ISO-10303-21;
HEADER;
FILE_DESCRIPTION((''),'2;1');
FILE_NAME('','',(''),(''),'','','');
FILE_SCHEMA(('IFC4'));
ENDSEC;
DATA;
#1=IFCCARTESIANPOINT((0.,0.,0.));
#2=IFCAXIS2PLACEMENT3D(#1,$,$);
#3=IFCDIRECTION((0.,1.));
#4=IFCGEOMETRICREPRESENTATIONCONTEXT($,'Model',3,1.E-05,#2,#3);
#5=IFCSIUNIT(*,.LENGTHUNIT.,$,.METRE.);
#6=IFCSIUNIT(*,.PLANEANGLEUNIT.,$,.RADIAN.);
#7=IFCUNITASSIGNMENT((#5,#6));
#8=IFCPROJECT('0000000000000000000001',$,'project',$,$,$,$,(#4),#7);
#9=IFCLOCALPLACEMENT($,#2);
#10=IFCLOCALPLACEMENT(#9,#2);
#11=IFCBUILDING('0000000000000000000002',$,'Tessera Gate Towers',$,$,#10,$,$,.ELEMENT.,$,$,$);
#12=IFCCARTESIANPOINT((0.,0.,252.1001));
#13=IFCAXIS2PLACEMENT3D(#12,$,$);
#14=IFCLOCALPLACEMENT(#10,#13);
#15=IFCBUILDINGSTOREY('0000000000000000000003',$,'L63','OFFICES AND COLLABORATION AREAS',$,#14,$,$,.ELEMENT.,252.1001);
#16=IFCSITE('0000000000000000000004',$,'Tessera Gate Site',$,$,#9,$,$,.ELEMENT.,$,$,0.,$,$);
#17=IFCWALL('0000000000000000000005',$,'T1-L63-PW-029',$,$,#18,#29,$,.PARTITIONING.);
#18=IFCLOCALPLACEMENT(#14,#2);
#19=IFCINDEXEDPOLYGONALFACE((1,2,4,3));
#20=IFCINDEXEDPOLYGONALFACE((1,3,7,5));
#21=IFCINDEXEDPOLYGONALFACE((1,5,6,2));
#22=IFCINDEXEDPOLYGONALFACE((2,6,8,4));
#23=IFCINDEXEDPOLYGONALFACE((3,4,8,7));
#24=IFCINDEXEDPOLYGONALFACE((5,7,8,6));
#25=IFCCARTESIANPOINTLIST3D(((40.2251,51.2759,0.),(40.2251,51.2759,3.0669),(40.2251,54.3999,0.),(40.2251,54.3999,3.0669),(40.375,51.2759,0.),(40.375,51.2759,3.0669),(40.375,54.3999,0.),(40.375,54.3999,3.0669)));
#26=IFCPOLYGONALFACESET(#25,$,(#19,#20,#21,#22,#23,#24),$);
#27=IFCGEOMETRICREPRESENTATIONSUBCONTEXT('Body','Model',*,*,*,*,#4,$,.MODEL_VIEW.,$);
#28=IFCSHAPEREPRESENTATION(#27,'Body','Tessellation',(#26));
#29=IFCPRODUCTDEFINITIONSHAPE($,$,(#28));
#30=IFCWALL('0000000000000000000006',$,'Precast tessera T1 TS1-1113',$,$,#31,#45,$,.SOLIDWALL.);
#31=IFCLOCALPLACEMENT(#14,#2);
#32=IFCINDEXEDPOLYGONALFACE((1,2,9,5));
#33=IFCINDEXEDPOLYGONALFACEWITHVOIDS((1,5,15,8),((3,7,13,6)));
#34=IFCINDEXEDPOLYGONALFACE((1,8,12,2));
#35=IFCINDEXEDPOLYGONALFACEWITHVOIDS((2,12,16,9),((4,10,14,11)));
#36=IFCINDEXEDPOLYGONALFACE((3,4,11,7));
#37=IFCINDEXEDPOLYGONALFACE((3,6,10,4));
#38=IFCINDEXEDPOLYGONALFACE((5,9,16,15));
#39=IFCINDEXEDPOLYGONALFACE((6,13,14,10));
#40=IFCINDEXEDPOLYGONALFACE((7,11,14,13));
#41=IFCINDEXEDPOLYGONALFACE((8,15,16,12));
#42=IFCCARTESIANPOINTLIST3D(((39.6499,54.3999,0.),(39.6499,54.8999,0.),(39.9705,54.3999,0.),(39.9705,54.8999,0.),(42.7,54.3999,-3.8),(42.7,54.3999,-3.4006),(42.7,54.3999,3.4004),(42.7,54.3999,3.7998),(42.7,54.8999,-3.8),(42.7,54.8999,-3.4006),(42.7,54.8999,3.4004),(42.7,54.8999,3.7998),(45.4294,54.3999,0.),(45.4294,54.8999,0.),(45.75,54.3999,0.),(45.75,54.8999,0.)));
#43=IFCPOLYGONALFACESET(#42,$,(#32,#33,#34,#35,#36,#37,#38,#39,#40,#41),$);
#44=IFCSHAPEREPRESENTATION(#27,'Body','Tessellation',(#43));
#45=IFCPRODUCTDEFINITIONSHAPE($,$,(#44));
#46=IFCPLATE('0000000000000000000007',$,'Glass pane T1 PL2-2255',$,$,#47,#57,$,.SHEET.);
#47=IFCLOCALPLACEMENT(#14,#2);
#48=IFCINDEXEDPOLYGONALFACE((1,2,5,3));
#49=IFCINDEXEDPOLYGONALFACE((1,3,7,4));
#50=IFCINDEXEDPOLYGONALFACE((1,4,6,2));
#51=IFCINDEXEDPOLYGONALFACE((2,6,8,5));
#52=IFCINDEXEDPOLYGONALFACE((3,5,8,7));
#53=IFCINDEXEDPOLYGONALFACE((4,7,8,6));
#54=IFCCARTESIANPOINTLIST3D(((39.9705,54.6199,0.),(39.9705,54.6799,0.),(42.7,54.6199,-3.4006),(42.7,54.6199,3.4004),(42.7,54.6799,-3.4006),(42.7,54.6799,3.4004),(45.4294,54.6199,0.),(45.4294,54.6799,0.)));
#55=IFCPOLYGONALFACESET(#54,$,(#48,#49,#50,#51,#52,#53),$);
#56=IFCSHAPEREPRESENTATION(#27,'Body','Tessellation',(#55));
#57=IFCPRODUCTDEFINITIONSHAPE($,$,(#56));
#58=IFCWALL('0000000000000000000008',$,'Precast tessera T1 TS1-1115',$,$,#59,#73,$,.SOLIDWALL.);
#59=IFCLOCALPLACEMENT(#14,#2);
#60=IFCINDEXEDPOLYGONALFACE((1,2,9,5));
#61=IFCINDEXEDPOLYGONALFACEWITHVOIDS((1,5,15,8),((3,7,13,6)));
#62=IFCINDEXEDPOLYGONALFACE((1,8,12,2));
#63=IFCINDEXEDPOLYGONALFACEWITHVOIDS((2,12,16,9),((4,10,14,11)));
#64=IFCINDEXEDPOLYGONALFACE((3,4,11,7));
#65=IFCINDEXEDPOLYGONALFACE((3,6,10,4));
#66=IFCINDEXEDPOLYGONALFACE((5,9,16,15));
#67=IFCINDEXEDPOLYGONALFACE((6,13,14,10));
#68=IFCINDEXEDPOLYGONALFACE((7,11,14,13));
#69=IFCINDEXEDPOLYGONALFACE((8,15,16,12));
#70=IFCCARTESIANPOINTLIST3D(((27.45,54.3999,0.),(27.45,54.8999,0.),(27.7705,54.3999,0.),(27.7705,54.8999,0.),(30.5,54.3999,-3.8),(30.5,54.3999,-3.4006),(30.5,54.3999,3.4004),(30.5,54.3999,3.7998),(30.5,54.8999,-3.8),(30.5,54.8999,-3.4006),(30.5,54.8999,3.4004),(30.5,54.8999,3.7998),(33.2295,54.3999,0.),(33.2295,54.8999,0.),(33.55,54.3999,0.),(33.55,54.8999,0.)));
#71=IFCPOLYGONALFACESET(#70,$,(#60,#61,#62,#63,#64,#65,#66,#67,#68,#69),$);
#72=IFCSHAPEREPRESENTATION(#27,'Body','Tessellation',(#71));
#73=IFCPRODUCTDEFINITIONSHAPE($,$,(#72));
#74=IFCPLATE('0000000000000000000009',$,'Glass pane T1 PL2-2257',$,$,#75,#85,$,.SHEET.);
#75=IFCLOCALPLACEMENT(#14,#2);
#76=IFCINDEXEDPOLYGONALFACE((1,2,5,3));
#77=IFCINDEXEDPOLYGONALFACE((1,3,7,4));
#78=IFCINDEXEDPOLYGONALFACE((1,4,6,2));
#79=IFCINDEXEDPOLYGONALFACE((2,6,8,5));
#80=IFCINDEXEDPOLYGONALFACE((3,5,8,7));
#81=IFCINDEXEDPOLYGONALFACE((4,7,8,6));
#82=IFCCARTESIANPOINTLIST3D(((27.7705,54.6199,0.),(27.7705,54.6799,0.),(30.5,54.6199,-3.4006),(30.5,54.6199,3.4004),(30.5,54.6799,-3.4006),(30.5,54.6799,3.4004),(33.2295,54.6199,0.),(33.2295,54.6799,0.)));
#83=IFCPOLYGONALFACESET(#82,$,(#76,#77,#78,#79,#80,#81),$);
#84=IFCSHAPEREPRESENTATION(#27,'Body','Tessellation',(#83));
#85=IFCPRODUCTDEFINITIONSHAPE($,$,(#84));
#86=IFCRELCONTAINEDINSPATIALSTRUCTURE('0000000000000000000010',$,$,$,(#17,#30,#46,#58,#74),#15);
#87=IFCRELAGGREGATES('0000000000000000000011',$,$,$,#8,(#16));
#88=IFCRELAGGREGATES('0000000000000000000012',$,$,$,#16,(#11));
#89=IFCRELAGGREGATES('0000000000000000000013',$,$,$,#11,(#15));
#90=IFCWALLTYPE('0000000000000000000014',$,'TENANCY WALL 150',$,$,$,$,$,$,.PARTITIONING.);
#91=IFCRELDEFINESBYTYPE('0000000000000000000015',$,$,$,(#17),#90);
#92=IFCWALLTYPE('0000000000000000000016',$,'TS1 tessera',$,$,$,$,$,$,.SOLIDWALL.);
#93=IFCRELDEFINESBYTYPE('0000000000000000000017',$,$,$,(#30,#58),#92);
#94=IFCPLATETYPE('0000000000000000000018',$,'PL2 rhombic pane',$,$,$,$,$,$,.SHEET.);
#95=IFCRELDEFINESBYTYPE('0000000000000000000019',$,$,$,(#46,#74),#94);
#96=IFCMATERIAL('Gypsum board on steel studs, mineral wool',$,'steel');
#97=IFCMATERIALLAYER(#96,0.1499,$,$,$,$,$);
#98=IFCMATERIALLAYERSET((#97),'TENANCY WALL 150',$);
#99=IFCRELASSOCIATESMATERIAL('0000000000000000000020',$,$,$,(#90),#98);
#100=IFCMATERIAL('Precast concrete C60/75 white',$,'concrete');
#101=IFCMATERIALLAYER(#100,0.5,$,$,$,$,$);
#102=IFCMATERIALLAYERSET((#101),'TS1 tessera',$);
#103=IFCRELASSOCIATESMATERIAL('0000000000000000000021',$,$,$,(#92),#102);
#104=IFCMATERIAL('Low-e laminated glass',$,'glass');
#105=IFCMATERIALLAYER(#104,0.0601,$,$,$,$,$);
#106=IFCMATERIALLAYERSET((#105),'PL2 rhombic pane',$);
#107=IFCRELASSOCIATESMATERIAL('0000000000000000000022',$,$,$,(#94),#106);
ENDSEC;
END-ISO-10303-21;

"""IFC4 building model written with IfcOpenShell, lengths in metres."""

from ifc_helpers import new_model, si_unit, direction, frame, frame_2d, origin, place, context, subcontext, project, spatial, polyline, rectangle, outline, extrude, source, transform, mapped, material, layer, layer_set, type_object, element, fill, save


model = new_model("IFC4")

# Units and contexts
model_context = context("Model", 3, precision=1e-05, world=origin(), true_north=direction((0.0, 1.0)))
body_context = subcontext(model_context, "Body", "Model", "MODEL_VIEW")
ifc_project = project(units=[si_unit("LENGTHUNIT", "METRE"), si_unit("PLANEANGLEUNIT", "RADIAN")], contexts=[model_context])

# Site, building, storey
site_placement = place(None, origin())
site = spatial("IfcSite", under=ifc_project, at=site_placement, Name="Tessera Gate Site", CompositionType="ELEMENT", RefElevation=0.0)
building_placement = place(site_placement, origin())
building = spatial("IfcBuilding", under=site, at=building_placement, Name="Tessera Gate Towers", CompositionType="ELEMENT")
storey_placement = place(building_placement, frame((0.0, 0.0, 252.1001)))
storey = spatial("IfcBuildingStorey", under=building, at=storey_placement, Name="L63", Description="OFFICES AND COLLABORATION AREAS", CompositionType="ELEMENT", Elevation=252.1001)

# Wall
ifc_material_1 = material(Name="Gypsum board on steel studs, mineral wool", Category="steel")
ifc_layer_1 = layer(ifc_material_1, 0.1499)
ifc_layer_set_1 = layer_set([ifc_layer_1], Name="TENANCY WALL 150")
wall_type_1 = type_object("IfcWallType", Name="TENANCY WALL 150", PredefinedType="PARTITIONING", material=ifc_layer_set_1)
wall_1_placement = place(storey_placement, frame((40.3, 51.2759, 0.0), z_axis=(0.0, 0.0, 1.0), x_axis=(0.0, 1.0, 0.0)))
element("IfcWall", 1, at=wall_1_placement, inside=storey, type_object=wall_type_1, Name="T1-L63-PW-029", PredefinedType="PARTITIONING", context=body_context, shape_type="SweptSolid", body=[
    extrude(rectangle(XDim=3.124, YDim=0.1499, at=frame_2d((1.562, 0.0))), origin(), (0.0, 0.0, 1.0), 3.0669),
])

# Walls, openings, plates
ifc_material_2 = material(Name="Precast concrete C60/75 white", Category="concrete")
ifc_layer_2 = layer(ifc_material_2, 0.5)
ifc_layer_set_2 = layer_set([ifc_layer_2], Name="TS1 tessera")
wall_type_2 = type_object("IfcWallType", Name="TS1 tessera", PredefinedType="SOLIDWALL", material=ifc_layer_set_2)
shared_shape_1 = source(origin(), body_context, "Body", "SweptSolid", [
    extrude(outline(polyline([(3.05, 0.0), (6.1001, 3.8), (3.05, 7.5999), (0.0, 3.8), (3.05, 0.0)])), frame((0.0, 0.25, 0.0), z_axis=(0.0, -1.0, 0.0), x_axis=(1.0, 0.0, 0.0)), (0.0, 0.0, 1.0), 0.5),
])
wall_2_placement = place(storey_placement, frame((45.75, 54.6499, -3.8), z_axis=(0.0, 0.0, 1.0), x_axis=(-1.0, 0.0, 0.0)))
wall_2 = element("IfcWall", 2, at=wall_2_placement, inside=storey, type_object=wall_type_2, Name="Precast tessera T1 TS1-1113", PredefinedType="SOLIDWALL", context=body_context, shape_type="MappedRepresentation", body=[
    mapped(shared_shape_1, transform((0.0, 0.0, 0.0), scale=1.0)),
])
shared_shape_2 = source(origin(), body_context, "Body", "SweptSolid", [
    extrude(outline(polyline([(3.05, 0.3994), (5.7795, 3.8), (3.05, 7.2004), (0.3206, 3.8), (3.05, 0.3994)])), frame((0.0, 0.26, 0.0), z_axis=(0.0, -1.0, 0.0), x_axis=(1.0, 0.0, 0.0)), (0.0, 0.0, 1.0), 0.52),
])
opening_1_placement = place(wall_2_placement, origin())
opening_1 = element("IfcOpeningElement", 3, at=opening_1_placement, cuts=wall_2, PredefinedType="OPENING", context=body_context, shape_type="MappedRepresentation", body=[
    mapped(shared_shape_2, transform((0.0, 0.0, 0.0), scale=1.0)),
])
ifc_material_3 = material(Name="Low-e laminated glass", Category="glass")
ifc_layer_3 = layer(ifc_material_3, 0.0601)
ifc_layer_set_3 = layer_set([ifc_layer_3], Name="PL2 rhombic pane")
plate_type = type_object("IfcPlateType", Name="PL2 rhombic pane", PredefinedType="SHEET", material=ifc_layer_set_3)
shared_shape_3 = source(origin(), body_context, "Body", "SweptSolid", [
    extrude(outline(polyline([(3.05, 0.3994), (5.7795, 3.8), (3.05, 7.2004), (0.3206, 3.8), (3.05, 0.3994)])), frame((0.0, 0.03, 0.0), z_axis=(0.0, -1.0, 0.0), x_axis=(1.0, 0.0, 0.0)), (0.0, 0.0, 1.0), 0.0601),
])
plate_1_placement = place(opening_1_placement, origin())
plate_1 = element("IfcPlate", 4, at=plate_1_placement, inside=storey, type_object=plate_type, Name="Glass pane T1 PL2-2255", PredefinedType="SHEET", context=body_context, shape_type="MappedRepresentation", body=[
    mapped(shared_shape_3, transform((0.0, 0.0, 0.0), scale=1.0)),
])
fill(opening_1, plate_1)
wall_3_placement = place(storey_placement, frame((33.55, 54.6499, -3.8), z_axis=(0.0, 0.0, 1.0), x_axis=(-1.0, 0.0, 0.0)))
wall_3 = element("IfcWall", 5, at=wall_3_placement, inside=storey, type_object=wall_type_2, Name="Precast tessera T1 TS1-1115", PredefinedType="SOLIDWALL", context=body_context, shape_type="MappedRepresentation", body=[
    mapped(shared_shape_1, transform((0.0, 0.0, 0.0), scale=1.0)),
])
opening_2_placement = place(wall_3_placement, origin())
opening_2 = element("IfcOpeningElement", 6, at=opening_2_placement, cuts=wall_3, PredefinedType="OPENING", context=body_context, shape_type="MappedRepresentation", body=[
    mapped(shared_shape_2, transform((0.0, 0.0, 0.0), scale=1.0)),
])
plate_2_placement = place(opening_2_placement, origin())
plate_2 = element("IfcPlate", 7, at=plate_2_placement, inside=storey, type_object=plate_type, Name="Glass pane T1 PL2-2257", PredefinedType="SHEET", context=body_context, shape_type="MappedRepresentation", body=[
    mapped(shared_shape_3, transform((0.0, 0.0, 0.0), scale=1.0)),
])
fill(opening_2, plate_2)

save(model, "model.ifc")
